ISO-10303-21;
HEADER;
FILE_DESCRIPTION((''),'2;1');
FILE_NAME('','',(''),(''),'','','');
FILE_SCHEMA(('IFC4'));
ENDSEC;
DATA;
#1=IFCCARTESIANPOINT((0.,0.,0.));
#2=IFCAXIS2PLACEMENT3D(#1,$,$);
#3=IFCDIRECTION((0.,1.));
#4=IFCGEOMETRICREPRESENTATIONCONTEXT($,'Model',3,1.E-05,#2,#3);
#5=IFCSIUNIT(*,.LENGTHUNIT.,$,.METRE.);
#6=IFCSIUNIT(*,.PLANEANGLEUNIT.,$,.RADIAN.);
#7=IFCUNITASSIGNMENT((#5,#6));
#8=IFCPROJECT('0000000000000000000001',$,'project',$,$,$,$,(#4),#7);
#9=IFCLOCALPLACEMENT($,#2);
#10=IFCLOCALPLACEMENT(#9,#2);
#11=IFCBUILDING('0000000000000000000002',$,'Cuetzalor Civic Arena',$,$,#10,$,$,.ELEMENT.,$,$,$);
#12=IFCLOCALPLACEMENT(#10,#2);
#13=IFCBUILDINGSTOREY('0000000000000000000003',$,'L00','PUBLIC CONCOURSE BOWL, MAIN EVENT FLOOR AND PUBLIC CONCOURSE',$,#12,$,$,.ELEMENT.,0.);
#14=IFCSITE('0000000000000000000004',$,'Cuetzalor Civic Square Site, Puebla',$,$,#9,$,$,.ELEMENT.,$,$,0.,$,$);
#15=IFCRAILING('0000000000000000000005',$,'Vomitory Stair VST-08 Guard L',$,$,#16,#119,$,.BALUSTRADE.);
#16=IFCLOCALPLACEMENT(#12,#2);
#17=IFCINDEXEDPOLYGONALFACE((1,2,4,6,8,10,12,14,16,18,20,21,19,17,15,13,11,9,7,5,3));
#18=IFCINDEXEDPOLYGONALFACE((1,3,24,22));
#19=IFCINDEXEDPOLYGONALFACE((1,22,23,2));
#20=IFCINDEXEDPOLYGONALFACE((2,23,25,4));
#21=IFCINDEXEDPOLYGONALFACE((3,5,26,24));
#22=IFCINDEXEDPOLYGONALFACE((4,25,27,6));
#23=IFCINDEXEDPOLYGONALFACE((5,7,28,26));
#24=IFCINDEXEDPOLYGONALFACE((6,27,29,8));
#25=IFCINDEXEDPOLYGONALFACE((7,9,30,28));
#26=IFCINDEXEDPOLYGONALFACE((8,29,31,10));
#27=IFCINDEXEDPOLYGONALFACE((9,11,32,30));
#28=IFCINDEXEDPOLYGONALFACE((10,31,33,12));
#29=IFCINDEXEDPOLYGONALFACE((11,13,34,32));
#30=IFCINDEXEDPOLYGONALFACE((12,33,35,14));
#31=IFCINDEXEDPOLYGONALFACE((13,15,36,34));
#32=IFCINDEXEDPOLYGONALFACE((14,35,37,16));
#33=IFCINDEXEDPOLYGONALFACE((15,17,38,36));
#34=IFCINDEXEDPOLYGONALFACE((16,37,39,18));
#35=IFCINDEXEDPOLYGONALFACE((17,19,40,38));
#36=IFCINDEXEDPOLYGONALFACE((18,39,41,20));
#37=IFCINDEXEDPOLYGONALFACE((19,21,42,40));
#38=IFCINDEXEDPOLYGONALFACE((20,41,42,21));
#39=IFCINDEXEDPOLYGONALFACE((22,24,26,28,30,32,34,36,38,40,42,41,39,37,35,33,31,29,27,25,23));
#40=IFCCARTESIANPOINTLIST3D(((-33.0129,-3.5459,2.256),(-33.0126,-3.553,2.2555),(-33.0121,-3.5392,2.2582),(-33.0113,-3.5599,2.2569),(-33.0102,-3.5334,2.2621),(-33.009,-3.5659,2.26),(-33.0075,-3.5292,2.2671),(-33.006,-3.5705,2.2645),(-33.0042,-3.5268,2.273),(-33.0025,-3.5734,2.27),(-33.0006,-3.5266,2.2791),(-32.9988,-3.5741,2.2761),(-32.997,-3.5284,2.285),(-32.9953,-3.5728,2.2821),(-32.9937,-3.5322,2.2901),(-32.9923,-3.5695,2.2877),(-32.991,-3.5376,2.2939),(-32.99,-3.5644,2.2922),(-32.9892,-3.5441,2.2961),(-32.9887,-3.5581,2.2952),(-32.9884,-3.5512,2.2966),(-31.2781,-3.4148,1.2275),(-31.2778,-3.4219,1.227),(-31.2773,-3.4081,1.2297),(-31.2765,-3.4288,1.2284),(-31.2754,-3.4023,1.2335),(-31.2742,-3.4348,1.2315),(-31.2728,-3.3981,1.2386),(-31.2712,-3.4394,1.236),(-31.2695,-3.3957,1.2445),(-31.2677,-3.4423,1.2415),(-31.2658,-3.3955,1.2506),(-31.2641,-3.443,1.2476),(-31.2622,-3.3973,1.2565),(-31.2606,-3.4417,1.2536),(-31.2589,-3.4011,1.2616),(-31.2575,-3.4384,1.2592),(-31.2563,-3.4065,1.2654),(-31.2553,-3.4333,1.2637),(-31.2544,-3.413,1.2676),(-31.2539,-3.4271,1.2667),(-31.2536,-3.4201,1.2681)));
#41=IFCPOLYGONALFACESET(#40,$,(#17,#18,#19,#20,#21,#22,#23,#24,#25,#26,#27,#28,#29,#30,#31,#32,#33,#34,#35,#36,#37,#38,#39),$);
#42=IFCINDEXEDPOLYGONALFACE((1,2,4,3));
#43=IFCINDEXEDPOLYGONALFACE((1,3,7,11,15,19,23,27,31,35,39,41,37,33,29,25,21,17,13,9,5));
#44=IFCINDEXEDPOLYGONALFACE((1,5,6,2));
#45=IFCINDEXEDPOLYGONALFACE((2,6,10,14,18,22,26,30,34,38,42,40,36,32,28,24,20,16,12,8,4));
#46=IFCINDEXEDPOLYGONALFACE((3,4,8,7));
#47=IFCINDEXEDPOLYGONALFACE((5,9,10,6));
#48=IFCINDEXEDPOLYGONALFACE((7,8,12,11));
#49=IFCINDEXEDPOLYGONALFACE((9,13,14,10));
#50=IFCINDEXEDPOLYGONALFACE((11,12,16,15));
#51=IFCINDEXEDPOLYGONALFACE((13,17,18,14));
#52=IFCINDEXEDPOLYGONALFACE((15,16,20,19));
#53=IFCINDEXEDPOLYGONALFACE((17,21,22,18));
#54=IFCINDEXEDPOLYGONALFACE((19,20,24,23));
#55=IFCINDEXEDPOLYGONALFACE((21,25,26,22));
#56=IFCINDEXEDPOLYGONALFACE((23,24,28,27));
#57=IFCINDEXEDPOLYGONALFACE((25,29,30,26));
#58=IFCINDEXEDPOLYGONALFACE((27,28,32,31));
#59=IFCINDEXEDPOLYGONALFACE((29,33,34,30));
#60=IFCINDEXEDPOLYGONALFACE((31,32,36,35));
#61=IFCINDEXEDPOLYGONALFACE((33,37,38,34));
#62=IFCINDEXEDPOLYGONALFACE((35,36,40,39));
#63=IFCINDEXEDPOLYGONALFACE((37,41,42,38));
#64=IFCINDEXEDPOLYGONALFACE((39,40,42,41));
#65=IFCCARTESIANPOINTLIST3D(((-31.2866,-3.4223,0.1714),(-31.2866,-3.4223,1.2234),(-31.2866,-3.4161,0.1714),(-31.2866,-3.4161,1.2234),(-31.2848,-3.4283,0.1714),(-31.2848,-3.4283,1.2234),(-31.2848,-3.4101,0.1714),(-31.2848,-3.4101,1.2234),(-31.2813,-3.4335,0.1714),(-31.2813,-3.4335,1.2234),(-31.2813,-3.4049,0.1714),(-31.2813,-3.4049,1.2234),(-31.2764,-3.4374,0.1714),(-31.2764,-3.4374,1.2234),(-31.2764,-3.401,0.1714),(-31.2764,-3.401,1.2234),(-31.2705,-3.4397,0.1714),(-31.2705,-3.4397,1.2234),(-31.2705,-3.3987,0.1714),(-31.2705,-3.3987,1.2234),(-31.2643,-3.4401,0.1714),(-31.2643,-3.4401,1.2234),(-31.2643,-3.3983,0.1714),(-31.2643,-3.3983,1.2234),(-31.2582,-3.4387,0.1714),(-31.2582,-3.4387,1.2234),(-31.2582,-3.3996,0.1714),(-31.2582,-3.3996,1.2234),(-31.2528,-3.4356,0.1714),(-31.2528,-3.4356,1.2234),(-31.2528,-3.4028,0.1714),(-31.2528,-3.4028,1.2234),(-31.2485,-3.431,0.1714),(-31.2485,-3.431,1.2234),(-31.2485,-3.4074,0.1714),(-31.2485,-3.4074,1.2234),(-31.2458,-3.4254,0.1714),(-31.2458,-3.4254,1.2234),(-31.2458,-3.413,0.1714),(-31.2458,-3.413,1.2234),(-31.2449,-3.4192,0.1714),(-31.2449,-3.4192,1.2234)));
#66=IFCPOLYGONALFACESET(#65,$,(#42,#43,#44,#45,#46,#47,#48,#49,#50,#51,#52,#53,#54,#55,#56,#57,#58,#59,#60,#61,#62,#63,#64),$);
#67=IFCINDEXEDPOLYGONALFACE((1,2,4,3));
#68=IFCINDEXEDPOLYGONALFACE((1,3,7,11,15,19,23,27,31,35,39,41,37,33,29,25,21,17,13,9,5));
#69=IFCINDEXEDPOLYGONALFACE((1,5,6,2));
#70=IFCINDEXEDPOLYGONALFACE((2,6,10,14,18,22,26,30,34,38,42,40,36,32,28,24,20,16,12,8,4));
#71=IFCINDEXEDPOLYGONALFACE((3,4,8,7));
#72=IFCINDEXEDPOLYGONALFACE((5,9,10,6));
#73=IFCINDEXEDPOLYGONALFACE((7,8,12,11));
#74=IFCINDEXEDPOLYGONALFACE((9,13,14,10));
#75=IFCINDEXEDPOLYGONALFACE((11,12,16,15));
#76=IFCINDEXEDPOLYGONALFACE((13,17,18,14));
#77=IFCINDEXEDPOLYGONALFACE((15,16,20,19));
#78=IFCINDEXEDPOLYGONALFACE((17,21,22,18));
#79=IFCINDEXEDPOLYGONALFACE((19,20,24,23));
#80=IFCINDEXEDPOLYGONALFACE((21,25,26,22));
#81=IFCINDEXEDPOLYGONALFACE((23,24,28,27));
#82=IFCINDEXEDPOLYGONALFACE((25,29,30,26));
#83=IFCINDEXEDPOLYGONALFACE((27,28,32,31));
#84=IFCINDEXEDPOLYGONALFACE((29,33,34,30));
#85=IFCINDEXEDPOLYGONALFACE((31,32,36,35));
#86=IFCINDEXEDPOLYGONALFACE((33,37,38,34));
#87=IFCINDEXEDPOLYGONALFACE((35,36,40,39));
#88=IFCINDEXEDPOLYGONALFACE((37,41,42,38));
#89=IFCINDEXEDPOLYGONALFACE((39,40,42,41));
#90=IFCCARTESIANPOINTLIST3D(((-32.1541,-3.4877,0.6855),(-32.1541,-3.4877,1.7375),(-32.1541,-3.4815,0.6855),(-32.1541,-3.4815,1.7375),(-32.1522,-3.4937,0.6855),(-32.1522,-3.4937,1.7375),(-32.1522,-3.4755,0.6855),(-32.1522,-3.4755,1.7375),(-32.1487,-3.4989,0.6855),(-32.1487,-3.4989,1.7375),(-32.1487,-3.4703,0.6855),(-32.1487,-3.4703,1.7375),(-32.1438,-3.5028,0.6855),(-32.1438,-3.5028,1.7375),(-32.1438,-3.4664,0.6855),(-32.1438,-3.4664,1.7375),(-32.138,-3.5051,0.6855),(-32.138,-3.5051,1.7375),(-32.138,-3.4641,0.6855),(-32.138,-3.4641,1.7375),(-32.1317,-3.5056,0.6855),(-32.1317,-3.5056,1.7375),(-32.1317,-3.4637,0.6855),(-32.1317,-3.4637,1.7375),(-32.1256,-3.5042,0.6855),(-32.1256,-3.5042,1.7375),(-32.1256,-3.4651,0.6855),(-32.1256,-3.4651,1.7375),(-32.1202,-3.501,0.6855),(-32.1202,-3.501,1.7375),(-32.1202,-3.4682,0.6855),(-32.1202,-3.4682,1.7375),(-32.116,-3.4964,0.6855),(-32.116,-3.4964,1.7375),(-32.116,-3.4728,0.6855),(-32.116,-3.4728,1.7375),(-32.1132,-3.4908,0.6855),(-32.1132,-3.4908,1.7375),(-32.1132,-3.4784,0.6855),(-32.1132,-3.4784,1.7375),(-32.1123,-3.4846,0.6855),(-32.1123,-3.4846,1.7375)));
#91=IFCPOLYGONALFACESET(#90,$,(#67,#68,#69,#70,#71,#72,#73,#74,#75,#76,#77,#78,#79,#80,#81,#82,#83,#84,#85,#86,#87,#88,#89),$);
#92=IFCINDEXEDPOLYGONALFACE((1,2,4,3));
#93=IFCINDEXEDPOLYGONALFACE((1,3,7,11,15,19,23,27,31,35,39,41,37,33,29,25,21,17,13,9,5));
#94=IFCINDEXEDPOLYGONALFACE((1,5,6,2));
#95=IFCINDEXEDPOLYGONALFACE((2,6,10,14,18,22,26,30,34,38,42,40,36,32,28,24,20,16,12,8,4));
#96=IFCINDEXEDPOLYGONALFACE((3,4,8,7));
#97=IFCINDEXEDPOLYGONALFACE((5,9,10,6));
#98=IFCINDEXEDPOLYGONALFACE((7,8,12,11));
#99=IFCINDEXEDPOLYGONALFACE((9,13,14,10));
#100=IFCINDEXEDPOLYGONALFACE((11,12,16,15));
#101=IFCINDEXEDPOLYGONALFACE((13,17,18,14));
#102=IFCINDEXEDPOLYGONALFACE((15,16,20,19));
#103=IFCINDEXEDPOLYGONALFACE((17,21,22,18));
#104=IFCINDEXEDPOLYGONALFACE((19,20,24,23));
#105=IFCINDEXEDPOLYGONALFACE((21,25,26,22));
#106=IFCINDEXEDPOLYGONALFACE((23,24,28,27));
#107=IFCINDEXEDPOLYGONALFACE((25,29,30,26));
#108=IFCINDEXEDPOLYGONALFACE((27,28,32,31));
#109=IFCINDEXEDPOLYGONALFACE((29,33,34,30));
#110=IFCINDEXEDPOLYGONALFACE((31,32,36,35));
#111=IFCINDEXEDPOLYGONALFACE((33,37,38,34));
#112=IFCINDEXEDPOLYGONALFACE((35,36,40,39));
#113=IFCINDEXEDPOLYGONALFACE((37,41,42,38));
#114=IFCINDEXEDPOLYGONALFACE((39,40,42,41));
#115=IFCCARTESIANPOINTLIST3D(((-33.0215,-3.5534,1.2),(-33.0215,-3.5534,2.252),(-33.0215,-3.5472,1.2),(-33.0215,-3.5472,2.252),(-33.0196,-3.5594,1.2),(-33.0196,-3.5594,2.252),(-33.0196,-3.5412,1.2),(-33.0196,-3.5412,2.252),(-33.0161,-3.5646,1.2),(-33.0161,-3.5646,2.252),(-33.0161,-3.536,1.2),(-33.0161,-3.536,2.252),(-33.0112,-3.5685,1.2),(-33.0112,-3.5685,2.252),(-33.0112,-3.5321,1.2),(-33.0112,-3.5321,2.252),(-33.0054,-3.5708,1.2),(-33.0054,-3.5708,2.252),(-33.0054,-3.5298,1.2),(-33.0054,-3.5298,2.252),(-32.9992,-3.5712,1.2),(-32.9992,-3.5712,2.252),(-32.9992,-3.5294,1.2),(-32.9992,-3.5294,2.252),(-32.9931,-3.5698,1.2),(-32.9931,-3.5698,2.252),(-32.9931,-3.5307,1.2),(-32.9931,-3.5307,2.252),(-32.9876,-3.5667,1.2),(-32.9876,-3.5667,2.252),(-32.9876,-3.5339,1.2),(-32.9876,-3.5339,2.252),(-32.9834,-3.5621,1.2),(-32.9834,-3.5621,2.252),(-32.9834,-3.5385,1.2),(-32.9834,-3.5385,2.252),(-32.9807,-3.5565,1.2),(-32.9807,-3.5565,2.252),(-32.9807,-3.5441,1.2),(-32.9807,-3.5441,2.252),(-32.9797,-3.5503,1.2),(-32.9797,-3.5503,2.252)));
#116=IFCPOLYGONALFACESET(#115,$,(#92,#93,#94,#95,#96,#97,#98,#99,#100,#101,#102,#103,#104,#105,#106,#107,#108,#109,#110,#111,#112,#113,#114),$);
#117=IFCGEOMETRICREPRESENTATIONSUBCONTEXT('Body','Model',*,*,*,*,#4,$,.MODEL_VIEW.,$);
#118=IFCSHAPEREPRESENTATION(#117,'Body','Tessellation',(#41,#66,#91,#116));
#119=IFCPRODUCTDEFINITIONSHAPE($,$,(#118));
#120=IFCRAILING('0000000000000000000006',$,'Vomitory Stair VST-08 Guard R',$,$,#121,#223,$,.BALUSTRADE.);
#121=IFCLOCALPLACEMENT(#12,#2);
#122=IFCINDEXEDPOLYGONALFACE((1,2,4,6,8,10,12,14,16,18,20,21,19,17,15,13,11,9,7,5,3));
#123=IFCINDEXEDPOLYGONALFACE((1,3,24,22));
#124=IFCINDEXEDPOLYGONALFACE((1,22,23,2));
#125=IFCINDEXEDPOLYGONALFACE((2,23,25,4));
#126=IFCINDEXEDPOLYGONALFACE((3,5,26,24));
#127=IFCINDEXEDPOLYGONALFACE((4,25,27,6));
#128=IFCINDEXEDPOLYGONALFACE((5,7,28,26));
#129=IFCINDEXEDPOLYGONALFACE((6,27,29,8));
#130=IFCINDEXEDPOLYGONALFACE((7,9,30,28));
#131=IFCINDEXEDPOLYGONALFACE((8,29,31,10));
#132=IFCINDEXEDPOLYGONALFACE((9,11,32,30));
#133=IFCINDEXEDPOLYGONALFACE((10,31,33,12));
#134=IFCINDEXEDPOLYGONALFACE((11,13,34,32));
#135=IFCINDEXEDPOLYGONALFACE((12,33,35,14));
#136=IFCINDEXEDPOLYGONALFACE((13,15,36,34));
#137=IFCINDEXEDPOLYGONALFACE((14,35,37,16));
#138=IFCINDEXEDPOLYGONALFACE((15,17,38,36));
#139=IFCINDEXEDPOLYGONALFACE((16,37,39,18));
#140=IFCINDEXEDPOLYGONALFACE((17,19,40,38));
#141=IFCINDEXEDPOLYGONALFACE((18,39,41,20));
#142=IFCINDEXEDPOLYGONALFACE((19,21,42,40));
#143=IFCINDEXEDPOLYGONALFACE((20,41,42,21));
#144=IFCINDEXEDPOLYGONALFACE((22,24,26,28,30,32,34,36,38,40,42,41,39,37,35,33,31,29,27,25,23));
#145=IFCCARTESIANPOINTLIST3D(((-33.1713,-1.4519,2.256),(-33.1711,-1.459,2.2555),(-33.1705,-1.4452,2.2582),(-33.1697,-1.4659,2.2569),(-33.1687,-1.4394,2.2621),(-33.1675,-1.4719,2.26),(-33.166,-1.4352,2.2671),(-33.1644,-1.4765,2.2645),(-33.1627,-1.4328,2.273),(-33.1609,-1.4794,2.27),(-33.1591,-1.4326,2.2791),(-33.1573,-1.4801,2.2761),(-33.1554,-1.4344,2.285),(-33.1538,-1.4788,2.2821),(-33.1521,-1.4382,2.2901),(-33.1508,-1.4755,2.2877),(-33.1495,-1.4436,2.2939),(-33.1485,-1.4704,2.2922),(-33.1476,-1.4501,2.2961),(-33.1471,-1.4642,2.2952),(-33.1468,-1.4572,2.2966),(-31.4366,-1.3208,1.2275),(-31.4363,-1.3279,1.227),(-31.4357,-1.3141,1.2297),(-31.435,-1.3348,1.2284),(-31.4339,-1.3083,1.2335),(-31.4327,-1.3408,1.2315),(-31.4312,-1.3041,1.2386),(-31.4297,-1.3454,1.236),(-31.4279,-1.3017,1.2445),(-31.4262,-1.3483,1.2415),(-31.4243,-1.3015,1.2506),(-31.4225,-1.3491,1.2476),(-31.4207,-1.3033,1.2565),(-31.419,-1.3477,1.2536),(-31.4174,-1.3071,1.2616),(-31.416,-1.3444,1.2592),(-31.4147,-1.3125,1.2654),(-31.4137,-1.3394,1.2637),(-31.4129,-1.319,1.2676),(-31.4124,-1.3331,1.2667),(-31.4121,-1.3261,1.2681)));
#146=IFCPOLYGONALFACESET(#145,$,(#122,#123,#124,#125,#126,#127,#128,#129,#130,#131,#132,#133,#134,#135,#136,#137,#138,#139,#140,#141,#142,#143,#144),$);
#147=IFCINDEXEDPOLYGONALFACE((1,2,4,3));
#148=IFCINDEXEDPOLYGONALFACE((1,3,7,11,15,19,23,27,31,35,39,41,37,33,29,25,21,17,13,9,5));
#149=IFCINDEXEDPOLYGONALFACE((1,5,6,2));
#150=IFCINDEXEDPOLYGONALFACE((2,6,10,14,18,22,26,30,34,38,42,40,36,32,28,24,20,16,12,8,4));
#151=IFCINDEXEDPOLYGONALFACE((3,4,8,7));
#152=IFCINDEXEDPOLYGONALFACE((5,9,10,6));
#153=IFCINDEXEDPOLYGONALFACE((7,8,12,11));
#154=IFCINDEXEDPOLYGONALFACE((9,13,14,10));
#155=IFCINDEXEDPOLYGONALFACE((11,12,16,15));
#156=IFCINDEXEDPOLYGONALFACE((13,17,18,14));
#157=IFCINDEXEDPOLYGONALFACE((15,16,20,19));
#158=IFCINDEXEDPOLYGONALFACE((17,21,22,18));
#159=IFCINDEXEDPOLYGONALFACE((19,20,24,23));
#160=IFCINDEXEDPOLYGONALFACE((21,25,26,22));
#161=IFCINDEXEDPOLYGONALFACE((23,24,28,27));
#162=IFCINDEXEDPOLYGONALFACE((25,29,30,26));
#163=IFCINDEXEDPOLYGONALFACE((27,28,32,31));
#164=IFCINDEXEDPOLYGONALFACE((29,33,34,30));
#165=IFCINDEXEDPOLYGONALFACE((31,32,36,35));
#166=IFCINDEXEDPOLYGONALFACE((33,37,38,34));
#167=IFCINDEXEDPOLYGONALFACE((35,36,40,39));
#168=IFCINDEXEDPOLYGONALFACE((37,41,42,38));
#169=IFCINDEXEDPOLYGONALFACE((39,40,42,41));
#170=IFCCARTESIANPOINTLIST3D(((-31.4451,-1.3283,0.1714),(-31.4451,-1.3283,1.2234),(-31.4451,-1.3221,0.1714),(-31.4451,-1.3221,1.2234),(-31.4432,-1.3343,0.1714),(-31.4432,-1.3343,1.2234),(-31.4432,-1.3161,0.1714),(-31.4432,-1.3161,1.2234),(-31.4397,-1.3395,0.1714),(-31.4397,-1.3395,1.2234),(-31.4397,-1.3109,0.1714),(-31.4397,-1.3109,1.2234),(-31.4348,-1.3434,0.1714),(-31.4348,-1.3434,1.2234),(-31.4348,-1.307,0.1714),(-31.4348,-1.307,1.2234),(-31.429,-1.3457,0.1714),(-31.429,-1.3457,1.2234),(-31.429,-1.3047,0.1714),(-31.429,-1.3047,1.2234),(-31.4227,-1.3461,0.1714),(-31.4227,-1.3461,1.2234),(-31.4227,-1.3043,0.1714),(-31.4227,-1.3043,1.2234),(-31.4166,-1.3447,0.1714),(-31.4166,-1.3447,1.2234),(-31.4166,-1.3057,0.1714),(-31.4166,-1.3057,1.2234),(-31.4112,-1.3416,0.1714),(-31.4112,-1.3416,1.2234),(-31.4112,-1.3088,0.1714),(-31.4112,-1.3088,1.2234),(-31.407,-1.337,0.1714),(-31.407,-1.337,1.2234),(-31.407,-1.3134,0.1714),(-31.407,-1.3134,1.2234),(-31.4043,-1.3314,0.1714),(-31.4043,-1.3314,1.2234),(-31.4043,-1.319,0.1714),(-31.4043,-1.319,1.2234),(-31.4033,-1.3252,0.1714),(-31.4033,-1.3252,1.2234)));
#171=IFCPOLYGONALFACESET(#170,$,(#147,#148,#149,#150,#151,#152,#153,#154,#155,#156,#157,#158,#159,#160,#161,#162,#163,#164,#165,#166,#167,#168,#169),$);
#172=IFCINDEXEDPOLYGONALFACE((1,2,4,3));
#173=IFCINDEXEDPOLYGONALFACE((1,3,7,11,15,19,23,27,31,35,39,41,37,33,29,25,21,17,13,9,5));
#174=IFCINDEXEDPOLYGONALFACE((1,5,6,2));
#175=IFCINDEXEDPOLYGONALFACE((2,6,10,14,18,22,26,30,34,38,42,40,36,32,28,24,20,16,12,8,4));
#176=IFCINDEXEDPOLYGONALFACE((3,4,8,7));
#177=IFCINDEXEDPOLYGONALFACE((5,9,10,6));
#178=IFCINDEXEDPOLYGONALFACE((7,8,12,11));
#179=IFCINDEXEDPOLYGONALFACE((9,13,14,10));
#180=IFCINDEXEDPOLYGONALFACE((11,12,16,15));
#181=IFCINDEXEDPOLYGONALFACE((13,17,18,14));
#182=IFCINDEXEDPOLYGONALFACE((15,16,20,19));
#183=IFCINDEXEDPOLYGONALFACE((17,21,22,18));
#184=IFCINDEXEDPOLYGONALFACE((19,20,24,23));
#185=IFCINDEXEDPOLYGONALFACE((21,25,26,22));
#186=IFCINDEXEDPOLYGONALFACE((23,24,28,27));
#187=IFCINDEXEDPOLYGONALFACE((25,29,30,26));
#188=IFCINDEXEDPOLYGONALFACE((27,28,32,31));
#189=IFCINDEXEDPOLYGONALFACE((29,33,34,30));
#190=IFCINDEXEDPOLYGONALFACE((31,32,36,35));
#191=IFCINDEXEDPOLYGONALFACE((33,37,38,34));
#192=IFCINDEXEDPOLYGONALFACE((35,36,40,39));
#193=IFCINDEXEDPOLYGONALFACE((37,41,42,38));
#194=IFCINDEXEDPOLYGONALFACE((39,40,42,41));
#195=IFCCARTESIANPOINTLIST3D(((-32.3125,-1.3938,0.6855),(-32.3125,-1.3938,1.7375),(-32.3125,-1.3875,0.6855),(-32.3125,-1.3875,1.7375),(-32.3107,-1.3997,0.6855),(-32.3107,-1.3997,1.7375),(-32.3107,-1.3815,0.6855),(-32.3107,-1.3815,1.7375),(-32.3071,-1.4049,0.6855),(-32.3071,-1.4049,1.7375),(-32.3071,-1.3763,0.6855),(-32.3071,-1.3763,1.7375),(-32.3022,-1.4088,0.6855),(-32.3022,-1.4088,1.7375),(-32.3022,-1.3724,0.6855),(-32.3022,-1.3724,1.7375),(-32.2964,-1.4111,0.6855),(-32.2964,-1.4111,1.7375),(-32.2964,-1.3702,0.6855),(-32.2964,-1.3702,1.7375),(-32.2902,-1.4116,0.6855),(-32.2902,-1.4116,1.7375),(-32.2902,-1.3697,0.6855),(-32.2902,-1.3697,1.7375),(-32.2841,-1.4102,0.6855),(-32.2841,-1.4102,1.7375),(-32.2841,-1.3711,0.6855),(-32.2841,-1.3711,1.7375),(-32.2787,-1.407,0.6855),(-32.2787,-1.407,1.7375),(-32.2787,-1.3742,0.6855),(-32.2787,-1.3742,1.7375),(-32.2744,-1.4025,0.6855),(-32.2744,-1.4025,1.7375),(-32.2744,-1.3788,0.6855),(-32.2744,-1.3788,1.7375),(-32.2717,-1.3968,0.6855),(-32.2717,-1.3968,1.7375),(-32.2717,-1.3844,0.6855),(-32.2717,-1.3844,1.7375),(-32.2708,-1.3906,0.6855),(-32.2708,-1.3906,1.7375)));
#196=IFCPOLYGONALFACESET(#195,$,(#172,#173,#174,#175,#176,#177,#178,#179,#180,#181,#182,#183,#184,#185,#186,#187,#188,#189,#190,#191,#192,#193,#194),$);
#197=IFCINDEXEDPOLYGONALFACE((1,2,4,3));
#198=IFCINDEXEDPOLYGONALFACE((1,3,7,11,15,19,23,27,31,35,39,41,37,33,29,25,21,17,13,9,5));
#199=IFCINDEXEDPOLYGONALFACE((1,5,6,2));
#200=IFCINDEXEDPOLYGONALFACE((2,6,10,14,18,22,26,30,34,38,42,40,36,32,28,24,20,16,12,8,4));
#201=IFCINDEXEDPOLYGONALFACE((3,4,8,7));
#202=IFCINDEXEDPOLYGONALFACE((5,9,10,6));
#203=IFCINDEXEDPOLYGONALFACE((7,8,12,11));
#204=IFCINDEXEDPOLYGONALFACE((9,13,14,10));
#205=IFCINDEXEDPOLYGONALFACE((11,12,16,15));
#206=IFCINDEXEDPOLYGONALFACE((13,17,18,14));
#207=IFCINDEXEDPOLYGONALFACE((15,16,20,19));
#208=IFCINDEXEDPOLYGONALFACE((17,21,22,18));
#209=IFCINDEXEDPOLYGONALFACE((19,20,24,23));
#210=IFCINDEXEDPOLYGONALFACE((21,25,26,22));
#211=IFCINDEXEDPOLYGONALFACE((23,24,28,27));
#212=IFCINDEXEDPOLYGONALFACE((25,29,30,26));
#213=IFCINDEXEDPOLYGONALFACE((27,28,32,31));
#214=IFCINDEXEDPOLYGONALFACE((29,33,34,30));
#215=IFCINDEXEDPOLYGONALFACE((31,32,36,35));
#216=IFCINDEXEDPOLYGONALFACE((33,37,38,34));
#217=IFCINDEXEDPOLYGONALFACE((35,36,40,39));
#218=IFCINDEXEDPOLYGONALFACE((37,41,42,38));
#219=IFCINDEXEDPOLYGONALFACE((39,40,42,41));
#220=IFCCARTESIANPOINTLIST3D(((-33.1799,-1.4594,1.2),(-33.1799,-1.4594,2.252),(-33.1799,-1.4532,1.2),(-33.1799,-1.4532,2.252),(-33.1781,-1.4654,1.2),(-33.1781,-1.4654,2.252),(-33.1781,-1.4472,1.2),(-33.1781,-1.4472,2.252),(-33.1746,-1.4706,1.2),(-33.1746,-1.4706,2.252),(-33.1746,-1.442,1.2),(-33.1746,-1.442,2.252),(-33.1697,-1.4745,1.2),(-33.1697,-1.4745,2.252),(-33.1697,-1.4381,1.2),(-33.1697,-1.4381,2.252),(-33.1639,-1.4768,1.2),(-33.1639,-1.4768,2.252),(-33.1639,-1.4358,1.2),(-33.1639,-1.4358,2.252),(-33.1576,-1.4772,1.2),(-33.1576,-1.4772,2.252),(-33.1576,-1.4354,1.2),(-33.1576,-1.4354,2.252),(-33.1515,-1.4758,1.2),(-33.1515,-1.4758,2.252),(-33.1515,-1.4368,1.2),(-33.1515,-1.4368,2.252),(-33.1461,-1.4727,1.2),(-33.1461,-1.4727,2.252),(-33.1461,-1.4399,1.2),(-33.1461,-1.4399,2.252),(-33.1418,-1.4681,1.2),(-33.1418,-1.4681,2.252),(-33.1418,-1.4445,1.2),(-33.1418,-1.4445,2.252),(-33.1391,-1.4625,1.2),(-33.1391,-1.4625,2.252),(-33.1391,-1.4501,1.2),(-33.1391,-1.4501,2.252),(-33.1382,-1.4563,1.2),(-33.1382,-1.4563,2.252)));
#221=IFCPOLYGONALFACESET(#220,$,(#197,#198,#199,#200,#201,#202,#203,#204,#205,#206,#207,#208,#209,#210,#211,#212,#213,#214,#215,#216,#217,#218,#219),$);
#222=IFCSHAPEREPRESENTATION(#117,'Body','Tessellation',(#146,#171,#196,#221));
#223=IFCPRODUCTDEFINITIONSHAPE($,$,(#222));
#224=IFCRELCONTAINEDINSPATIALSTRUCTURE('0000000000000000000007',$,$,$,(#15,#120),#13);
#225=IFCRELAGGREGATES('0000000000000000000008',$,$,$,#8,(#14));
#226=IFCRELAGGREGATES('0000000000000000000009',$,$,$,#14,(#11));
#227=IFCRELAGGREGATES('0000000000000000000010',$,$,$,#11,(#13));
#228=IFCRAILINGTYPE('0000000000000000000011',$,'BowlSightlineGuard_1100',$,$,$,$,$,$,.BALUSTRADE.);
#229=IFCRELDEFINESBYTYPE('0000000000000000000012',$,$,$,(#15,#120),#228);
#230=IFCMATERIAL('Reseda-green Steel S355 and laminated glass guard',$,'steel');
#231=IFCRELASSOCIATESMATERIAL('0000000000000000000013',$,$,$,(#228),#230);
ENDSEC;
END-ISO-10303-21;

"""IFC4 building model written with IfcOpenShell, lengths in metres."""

from ifc_helpers import new_model, si_unit, direction, frame, origin, origin_2d, place, context, subcontext, project, spatial, circle, extrude, material, type_object, element, save


model = new_model("IFC4")

# Units and contexts
model_context = context("Model", 3, precision=1e-05, world=origin(), true_north=direction((0.0, 1.0)))
body_context = subcontext(model_context, "Body", "Model", "MODEL_VIEW")
ifc_project = project(units=[si_unit("LENGTHUNIT", "METRE"), si_unit("PLANEANGLEUNIT", "RADIAN")], contexts=[model_context])

# Site, building, storey
site_placement = place(None, origin())
site = spatial("IfcSite", under=ifc_project, at=site_placement, Name="Cuetzalor Civic Square Site, Puebla", CompositionType="ELEMENT", RefElevation=0.0)
building_placement = place(site_placement, origin())
building = spatial("IfcBuilding", under=site, at=building_placement, Name="Cuetzalor Civic Arena", CompositionType="ELEMENT")
storey_placement = place(building_placement, origin())
storey = spatial("IfcBuildingStorey", under=building, at=storey_placement, Name="L00", Description="PUBLIC CONCOURSE BOWL, MAIN EVENT FLOOR AND PUBLIC CONCOURSE", CompositionType="ELEMENT", Elevation=0.0)

# Railings
ifc_material_1 = material(Name="Reseda-green Steel S355 and laminated glass guard", Category="steel")
railing_type_1 = type_object("IfcRailingType", Name="BowlSightlineGuard_1100", PredefinedType="BALUSTRADE", material=ifc_material_1)
for number, where, name in (
    (1, (-31.2659, -3.4192, 0.1714), "Vomitory Stair VST-08 Guard L"),
    (2, (-31.4243, -1.3252, 0.1714), "Vomitory Stair VST-08 Guard R"),
):
    element("IfcRailing", number, at=place(storey_placement, frame(where)), inside=storey, type_object=railing_type_1, Name=name, PredefinedType="BALUSTRADE", context=body_context, shape_type="SweptSolid", body=[
        extrude(circle(Radius=0.0239, at=origin_2d()), frame((0.0, 0.0, 1.0762), z_axis=(-0.858372, -0.064867, 0.508911), x_axis=(0.075355, -0.997157, 0.0)), (0.0, 0.0, 1.0), 2.021),
        extrude(circle(Radius=0.021, at=origin_2d()), origin(), (0.0, 0.0, 1.0), 1.052),
        extrude(circle(Radius=0.021, at=origin_2d()), frame((-0.8674, -0.0654, 0.5142)), (0.0, 0.0, 1.0), 1.052),
        extrude(circle(Radius=0.021, at=origin_2d()), frame((-1.7349, -0.1311, 1.0286)), (0.0, 0.0, 1.0), 1.052),
    ])

save(model, "model.ifc")
